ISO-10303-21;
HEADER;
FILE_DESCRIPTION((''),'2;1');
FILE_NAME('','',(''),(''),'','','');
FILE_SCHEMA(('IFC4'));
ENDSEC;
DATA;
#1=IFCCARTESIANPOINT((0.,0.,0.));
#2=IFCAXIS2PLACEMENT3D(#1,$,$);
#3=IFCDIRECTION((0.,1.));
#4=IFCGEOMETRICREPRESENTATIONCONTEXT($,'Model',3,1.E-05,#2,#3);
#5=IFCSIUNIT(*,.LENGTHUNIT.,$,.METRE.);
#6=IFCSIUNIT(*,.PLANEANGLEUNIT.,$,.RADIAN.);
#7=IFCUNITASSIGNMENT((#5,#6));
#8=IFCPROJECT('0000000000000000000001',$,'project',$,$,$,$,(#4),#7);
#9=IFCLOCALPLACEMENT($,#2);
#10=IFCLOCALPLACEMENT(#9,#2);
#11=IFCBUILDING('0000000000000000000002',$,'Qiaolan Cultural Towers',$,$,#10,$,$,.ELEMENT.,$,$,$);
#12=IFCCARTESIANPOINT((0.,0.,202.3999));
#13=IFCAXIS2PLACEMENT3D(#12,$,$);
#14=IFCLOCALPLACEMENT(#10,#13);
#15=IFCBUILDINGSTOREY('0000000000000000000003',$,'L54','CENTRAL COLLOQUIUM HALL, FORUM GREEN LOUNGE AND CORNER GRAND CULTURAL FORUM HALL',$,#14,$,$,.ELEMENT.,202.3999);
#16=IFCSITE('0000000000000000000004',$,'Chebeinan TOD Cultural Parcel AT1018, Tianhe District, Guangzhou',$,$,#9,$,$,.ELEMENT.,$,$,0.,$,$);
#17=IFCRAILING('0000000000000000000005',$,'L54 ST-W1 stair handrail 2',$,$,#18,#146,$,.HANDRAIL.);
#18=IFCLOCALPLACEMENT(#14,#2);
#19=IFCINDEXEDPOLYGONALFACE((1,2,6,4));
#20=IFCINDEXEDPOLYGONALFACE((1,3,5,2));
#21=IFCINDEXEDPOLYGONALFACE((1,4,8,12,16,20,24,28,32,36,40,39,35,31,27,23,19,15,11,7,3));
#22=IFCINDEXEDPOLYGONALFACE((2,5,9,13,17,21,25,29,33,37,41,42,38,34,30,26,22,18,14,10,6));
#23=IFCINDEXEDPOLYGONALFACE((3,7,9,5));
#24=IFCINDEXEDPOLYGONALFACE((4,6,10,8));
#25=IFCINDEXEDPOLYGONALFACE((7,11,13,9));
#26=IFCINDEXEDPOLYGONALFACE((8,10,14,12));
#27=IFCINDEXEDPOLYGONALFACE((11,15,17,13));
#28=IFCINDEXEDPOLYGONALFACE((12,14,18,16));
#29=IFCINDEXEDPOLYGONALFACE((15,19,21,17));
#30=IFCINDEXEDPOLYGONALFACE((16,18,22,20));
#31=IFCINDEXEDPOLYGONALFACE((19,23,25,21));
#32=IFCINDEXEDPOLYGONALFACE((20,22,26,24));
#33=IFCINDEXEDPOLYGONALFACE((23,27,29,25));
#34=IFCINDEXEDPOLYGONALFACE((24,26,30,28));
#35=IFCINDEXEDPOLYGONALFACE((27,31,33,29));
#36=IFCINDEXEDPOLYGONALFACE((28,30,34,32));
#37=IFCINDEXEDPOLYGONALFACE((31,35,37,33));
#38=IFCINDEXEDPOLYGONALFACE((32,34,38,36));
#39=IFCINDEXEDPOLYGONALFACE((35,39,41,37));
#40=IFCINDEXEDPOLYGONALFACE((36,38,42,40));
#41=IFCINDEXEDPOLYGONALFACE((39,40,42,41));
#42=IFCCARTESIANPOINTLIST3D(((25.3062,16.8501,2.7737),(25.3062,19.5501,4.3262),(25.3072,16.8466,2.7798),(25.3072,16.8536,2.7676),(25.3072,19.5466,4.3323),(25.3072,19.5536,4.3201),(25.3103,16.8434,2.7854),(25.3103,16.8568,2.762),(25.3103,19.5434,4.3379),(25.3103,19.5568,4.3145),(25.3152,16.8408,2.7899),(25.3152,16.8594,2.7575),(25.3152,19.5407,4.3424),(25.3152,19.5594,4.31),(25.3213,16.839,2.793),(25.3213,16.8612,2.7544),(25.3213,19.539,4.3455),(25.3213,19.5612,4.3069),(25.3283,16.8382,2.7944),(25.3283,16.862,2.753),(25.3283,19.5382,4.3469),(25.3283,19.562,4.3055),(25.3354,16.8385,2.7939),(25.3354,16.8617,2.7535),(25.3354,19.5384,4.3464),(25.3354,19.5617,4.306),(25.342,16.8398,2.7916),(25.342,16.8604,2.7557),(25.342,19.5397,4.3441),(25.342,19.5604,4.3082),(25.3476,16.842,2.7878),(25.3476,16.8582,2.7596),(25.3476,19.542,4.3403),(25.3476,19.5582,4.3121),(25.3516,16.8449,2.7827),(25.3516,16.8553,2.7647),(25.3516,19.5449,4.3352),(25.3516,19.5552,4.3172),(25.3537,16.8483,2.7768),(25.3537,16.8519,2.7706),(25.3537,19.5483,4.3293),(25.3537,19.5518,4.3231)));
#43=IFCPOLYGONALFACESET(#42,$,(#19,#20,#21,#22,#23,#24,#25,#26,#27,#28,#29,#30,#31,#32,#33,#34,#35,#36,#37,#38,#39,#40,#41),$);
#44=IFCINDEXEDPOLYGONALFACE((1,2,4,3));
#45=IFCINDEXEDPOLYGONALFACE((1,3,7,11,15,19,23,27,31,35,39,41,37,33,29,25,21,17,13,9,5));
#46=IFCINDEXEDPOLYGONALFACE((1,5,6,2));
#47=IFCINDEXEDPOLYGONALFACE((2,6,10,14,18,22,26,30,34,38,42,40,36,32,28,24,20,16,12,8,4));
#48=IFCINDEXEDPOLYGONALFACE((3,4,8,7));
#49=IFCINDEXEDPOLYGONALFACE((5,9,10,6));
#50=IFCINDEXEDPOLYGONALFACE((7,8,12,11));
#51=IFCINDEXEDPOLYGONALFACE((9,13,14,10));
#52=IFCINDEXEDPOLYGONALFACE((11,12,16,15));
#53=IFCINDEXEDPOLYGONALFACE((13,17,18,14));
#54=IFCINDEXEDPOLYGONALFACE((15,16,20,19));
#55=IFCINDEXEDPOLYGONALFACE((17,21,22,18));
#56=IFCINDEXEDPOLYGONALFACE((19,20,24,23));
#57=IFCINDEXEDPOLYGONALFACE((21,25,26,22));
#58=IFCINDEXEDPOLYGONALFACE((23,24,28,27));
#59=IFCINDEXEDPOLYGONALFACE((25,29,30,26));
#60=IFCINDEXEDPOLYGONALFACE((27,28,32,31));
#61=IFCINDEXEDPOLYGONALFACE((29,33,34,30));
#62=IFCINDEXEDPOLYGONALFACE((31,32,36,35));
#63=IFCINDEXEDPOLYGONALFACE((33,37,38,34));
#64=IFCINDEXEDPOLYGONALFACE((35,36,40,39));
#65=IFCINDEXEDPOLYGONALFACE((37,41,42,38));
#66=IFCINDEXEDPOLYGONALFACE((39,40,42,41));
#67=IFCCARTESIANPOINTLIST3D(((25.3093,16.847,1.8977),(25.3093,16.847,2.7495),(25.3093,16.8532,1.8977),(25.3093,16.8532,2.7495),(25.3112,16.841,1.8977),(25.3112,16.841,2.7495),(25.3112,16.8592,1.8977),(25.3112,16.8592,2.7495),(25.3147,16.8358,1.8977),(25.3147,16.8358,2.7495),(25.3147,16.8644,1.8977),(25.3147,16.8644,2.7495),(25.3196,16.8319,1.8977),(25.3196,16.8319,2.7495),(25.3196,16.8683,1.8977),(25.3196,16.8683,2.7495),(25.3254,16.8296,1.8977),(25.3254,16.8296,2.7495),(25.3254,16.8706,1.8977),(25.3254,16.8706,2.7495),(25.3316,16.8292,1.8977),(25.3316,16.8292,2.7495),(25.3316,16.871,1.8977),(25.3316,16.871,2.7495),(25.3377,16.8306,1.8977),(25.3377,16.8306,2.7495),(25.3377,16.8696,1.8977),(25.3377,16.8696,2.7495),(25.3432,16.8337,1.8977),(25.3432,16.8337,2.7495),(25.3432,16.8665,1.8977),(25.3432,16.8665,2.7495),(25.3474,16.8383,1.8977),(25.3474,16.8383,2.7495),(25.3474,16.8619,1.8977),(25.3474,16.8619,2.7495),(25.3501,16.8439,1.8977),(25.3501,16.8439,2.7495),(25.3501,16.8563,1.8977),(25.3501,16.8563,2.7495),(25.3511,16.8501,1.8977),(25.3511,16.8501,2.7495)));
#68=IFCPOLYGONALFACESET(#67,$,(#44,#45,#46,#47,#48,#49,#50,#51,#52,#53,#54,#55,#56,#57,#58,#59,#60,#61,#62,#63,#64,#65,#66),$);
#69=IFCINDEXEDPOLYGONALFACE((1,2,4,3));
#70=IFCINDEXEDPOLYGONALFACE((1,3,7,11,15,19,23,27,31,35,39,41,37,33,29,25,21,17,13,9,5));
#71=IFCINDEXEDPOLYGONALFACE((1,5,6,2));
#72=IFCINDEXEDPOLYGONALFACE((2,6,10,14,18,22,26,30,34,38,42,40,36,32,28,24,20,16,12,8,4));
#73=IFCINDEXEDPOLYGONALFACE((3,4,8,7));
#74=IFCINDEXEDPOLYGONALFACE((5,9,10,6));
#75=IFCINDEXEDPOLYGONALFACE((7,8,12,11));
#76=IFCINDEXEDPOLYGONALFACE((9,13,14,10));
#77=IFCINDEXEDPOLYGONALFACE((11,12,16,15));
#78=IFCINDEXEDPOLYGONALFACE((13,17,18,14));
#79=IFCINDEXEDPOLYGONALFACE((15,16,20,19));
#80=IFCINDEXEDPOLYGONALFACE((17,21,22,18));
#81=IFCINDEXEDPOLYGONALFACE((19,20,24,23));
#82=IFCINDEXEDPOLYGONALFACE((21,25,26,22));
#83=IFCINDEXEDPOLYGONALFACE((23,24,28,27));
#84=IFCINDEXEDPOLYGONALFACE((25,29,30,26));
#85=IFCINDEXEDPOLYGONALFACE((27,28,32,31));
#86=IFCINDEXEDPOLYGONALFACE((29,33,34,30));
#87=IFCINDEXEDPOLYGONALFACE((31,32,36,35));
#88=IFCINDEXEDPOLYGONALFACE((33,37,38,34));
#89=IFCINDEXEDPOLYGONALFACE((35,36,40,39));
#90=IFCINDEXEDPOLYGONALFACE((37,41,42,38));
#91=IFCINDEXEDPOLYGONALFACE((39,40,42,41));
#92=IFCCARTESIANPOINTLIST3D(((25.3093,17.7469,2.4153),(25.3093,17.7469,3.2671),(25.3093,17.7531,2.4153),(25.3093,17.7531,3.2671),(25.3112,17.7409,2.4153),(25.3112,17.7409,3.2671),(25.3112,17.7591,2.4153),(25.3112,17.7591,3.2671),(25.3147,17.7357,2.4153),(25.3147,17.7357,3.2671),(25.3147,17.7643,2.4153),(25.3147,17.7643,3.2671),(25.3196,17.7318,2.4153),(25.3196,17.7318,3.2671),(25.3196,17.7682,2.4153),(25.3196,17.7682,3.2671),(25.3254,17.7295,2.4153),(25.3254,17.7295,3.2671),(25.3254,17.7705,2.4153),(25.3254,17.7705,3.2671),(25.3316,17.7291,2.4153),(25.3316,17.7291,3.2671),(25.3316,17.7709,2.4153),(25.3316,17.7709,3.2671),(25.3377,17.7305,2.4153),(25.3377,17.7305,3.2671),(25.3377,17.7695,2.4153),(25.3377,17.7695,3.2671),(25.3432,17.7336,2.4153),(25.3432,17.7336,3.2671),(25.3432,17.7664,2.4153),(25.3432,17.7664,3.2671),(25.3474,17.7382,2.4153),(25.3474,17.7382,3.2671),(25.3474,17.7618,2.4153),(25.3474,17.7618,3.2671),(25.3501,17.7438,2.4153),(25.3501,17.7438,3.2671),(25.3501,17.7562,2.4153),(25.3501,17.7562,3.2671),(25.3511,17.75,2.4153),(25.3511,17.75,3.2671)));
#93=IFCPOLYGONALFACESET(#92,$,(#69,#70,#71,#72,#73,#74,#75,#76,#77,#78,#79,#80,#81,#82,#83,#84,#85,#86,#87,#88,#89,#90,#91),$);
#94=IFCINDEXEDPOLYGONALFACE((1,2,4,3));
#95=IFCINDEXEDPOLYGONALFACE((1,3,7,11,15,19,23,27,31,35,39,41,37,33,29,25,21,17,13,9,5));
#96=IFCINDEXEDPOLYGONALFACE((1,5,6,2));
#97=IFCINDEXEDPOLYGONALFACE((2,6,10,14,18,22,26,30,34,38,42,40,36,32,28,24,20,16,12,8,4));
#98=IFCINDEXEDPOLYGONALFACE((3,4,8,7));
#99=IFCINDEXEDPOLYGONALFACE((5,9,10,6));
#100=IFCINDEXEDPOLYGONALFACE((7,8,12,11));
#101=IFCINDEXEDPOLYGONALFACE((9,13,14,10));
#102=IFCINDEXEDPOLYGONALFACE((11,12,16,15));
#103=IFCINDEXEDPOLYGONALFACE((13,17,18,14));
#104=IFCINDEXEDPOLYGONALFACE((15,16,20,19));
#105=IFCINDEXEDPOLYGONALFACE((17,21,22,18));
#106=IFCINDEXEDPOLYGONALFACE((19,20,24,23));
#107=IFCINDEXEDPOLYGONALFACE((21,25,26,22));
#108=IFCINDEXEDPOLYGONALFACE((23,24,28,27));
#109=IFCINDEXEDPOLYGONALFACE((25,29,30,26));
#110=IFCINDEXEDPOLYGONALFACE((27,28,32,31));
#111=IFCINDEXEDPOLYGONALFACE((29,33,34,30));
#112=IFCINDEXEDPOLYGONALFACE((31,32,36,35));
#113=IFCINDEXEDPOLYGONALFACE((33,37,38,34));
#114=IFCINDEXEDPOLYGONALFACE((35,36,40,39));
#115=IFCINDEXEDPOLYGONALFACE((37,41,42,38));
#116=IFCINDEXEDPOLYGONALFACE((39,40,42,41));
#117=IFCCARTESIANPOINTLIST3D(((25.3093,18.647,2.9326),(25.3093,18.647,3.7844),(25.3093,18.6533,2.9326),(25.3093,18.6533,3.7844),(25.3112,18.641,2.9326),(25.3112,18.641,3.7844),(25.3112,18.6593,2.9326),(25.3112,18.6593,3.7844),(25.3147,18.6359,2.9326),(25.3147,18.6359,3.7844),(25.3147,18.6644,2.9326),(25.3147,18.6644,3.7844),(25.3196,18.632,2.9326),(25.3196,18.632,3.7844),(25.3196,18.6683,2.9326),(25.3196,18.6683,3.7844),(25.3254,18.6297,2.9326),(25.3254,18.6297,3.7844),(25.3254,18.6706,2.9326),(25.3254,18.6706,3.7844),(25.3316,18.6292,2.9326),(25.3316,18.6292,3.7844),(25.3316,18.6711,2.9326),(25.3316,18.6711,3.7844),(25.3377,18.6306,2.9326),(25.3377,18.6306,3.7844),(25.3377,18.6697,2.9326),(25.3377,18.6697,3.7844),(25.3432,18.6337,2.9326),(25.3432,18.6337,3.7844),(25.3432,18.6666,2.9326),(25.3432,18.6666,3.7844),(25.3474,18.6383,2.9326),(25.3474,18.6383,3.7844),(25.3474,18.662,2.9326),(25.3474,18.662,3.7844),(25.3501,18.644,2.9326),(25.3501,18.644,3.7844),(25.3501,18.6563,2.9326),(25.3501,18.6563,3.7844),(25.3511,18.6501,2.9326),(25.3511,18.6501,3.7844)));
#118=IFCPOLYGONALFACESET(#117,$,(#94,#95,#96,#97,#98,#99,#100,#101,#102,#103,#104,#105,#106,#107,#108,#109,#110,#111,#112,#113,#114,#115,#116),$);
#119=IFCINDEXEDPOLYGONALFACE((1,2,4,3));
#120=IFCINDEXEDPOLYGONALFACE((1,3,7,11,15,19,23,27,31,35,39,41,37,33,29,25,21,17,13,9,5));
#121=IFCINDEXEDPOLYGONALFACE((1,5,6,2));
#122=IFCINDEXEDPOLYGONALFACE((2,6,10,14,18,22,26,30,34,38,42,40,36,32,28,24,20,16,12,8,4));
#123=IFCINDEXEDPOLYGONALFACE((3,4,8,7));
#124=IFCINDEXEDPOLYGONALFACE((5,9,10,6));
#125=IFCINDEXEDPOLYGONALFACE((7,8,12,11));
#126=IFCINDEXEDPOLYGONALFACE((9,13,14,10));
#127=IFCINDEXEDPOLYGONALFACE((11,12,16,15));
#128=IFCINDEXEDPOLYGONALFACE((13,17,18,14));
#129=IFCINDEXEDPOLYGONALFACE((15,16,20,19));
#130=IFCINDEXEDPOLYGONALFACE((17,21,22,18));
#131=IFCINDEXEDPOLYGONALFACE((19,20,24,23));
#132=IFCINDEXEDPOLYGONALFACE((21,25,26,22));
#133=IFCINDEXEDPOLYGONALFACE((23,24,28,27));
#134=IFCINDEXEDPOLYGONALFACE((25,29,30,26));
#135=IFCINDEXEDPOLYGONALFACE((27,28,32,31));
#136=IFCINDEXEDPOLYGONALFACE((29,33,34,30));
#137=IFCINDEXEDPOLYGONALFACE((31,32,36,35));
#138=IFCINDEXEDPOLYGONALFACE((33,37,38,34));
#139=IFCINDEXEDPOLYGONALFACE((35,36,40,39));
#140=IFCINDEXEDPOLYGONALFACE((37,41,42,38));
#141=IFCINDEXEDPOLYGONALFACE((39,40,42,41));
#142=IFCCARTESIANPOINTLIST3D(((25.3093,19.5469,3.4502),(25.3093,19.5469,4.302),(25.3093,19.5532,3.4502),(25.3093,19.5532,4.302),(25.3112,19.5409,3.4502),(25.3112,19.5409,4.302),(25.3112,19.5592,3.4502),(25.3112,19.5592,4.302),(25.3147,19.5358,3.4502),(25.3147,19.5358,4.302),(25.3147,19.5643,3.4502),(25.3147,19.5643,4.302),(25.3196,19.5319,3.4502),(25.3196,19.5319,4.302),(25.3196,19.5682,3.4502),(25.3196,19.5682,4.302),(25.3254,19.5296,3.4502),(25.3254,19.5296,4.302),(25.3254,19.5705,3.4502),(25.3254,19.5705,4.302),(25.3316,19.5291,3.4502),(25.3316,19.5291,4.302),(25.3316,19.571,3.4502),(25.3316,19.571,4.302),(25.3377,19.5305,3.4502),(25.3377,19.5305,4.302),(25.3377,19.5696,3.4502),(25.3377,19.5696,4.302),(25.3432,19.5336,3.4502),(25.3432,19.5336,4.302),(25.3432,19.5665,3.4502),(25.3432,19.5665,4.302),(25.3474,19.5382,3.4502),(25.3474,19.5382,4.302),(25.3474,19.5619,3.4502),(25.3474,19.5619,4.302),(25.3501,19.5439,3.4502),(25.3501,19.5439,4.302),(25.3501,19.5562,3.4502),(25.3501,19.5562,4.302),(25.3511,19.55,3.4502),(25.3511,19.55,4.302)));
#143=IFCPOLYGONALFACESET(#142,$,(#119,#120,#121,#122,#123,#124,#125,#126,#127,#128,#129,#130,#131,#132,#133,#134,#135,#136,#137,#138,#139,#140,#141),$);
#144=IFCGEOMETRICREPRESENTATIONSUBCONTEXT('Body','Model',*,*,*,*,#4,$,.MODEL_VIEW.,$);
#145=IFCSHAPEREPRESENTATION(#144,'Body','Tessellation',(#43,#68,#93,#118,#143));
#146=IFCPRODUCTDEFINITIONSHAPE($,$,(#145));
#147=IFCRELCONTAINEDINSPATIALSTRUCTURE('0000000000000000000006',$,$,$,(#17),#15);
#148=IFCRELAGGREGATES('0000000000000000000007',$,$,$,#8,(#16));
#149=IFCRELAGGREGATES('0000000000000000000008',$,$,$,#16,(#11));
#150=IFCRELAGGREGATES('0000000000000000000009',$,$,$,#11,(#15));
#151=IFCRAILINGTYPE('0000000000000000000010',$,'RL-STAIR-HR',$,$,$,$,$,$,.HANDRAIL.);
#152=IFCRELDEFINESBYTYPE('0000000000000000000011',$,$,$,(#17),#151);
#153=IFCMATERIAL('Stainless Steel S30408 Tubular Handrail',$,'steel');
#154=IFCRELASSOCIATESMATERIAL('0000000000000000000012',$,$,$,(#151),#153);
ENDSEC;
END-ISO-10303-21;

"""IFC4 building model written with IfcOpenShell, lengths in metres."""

from ifc_helpers import new_model, si_unit, direction, frame, origin, origin_2d, place, context, subcontext, project, spatial, circle, extrude, material, type_object, element, save


model = new_model("IFC4")

# Units and contexts
model_context = context("Model", 3, precision=1e-05, world=origin(), true_north=direction((0.0, 1.0)))
body_context = subcontext(model_context, "Body", "Model", "MODEL_VIEW")
ifc_project = project(units=[si_unit("LENGTHUNIT", "METRE"), si_unit("PLANEANGLEUNIT", "RADIAN")], contexts=[model_context])

# Site, building, storey
site_placement = place(None, origin())
site = spatial("IfcSite", under=ifc_project, at=site_placement, Name="Chebeinan TOD Cultural Parcel AT1018, Tianhe District, Guangzhou", CompositionType="ELEMENT", RefElevation=0.0)
building_placement = place(site_placement, origin())
building = spatial("IfcBuilding", under=site, at=building_placement, Name="Qiaolan Cultural Towers", CompositionType="ELEMENT")
storey_placement = place(building_placement, frame((0.0, 0.0, 202.3999)))
storey = spatial("IfcBuildingStorey", under=building, at=storey_placement, Name="L54", Description="CENTRAL COLLOQUIUM HALL, FORUM GREEN LOUNGE AND CORNER GRAND CULTURAL FORUM HALL", CompositionType="ELEMENT", Elevation=202.3999)

# Railing
ifc_material_1 = material(Name="Stainless Steel S30408 Tubular Handrail", Category="steel")
railing_type_1 = type_object("IfcRailingType", Name="RL-STAIR-HR", PredefinedType="HANDRAIL", material=ifc_material_1)
railing_1_placement = place(storey_placement, frame((25.3301, 16.8501, 1.8977)))
element("IfcRailing", 1, at=railing_1_placement, inside=storey, type_object=railing_type_1, Name="L54 ST-W1 stair handrail 2", PredefinedType="HANDRAIL", context=body_context, shape_type="SweptSolid", body=[
    extrude(circle(Radius=0.0239, at=origin_2d()), frame((0.0, 0.0, 0.876), z_axis=(0.0, 0.866904, 0.498476), x_axis=(-1.0, 0.0, 0.0)), (0.0, 0.0, 1.0), 3.1145),
    extrude(circle(Radius=0.021, at=origin_2d()), origin(), (0.0, 0.0, 1.0), 0.8518),
    extrude(circle(Radius=0.021, at=origin_2d()), frame((0.0, 0.8999, 0.5176)), (0.0, 0.0, 1.0), 0.8518),
    extrude(circle(Radius=0.021, at=origin_2d()), frame((0.0, 1.8, 1.0349)), (0.0, 0.0, 1.0), 0.8518),
    extrude(circle(Radius=0.021, at=origin_2d()), frame((0.0, 2.7, 1.5525)), (0.0, 0.0, 1.0), 0.8518),
])

save(model, "model.ifc")
